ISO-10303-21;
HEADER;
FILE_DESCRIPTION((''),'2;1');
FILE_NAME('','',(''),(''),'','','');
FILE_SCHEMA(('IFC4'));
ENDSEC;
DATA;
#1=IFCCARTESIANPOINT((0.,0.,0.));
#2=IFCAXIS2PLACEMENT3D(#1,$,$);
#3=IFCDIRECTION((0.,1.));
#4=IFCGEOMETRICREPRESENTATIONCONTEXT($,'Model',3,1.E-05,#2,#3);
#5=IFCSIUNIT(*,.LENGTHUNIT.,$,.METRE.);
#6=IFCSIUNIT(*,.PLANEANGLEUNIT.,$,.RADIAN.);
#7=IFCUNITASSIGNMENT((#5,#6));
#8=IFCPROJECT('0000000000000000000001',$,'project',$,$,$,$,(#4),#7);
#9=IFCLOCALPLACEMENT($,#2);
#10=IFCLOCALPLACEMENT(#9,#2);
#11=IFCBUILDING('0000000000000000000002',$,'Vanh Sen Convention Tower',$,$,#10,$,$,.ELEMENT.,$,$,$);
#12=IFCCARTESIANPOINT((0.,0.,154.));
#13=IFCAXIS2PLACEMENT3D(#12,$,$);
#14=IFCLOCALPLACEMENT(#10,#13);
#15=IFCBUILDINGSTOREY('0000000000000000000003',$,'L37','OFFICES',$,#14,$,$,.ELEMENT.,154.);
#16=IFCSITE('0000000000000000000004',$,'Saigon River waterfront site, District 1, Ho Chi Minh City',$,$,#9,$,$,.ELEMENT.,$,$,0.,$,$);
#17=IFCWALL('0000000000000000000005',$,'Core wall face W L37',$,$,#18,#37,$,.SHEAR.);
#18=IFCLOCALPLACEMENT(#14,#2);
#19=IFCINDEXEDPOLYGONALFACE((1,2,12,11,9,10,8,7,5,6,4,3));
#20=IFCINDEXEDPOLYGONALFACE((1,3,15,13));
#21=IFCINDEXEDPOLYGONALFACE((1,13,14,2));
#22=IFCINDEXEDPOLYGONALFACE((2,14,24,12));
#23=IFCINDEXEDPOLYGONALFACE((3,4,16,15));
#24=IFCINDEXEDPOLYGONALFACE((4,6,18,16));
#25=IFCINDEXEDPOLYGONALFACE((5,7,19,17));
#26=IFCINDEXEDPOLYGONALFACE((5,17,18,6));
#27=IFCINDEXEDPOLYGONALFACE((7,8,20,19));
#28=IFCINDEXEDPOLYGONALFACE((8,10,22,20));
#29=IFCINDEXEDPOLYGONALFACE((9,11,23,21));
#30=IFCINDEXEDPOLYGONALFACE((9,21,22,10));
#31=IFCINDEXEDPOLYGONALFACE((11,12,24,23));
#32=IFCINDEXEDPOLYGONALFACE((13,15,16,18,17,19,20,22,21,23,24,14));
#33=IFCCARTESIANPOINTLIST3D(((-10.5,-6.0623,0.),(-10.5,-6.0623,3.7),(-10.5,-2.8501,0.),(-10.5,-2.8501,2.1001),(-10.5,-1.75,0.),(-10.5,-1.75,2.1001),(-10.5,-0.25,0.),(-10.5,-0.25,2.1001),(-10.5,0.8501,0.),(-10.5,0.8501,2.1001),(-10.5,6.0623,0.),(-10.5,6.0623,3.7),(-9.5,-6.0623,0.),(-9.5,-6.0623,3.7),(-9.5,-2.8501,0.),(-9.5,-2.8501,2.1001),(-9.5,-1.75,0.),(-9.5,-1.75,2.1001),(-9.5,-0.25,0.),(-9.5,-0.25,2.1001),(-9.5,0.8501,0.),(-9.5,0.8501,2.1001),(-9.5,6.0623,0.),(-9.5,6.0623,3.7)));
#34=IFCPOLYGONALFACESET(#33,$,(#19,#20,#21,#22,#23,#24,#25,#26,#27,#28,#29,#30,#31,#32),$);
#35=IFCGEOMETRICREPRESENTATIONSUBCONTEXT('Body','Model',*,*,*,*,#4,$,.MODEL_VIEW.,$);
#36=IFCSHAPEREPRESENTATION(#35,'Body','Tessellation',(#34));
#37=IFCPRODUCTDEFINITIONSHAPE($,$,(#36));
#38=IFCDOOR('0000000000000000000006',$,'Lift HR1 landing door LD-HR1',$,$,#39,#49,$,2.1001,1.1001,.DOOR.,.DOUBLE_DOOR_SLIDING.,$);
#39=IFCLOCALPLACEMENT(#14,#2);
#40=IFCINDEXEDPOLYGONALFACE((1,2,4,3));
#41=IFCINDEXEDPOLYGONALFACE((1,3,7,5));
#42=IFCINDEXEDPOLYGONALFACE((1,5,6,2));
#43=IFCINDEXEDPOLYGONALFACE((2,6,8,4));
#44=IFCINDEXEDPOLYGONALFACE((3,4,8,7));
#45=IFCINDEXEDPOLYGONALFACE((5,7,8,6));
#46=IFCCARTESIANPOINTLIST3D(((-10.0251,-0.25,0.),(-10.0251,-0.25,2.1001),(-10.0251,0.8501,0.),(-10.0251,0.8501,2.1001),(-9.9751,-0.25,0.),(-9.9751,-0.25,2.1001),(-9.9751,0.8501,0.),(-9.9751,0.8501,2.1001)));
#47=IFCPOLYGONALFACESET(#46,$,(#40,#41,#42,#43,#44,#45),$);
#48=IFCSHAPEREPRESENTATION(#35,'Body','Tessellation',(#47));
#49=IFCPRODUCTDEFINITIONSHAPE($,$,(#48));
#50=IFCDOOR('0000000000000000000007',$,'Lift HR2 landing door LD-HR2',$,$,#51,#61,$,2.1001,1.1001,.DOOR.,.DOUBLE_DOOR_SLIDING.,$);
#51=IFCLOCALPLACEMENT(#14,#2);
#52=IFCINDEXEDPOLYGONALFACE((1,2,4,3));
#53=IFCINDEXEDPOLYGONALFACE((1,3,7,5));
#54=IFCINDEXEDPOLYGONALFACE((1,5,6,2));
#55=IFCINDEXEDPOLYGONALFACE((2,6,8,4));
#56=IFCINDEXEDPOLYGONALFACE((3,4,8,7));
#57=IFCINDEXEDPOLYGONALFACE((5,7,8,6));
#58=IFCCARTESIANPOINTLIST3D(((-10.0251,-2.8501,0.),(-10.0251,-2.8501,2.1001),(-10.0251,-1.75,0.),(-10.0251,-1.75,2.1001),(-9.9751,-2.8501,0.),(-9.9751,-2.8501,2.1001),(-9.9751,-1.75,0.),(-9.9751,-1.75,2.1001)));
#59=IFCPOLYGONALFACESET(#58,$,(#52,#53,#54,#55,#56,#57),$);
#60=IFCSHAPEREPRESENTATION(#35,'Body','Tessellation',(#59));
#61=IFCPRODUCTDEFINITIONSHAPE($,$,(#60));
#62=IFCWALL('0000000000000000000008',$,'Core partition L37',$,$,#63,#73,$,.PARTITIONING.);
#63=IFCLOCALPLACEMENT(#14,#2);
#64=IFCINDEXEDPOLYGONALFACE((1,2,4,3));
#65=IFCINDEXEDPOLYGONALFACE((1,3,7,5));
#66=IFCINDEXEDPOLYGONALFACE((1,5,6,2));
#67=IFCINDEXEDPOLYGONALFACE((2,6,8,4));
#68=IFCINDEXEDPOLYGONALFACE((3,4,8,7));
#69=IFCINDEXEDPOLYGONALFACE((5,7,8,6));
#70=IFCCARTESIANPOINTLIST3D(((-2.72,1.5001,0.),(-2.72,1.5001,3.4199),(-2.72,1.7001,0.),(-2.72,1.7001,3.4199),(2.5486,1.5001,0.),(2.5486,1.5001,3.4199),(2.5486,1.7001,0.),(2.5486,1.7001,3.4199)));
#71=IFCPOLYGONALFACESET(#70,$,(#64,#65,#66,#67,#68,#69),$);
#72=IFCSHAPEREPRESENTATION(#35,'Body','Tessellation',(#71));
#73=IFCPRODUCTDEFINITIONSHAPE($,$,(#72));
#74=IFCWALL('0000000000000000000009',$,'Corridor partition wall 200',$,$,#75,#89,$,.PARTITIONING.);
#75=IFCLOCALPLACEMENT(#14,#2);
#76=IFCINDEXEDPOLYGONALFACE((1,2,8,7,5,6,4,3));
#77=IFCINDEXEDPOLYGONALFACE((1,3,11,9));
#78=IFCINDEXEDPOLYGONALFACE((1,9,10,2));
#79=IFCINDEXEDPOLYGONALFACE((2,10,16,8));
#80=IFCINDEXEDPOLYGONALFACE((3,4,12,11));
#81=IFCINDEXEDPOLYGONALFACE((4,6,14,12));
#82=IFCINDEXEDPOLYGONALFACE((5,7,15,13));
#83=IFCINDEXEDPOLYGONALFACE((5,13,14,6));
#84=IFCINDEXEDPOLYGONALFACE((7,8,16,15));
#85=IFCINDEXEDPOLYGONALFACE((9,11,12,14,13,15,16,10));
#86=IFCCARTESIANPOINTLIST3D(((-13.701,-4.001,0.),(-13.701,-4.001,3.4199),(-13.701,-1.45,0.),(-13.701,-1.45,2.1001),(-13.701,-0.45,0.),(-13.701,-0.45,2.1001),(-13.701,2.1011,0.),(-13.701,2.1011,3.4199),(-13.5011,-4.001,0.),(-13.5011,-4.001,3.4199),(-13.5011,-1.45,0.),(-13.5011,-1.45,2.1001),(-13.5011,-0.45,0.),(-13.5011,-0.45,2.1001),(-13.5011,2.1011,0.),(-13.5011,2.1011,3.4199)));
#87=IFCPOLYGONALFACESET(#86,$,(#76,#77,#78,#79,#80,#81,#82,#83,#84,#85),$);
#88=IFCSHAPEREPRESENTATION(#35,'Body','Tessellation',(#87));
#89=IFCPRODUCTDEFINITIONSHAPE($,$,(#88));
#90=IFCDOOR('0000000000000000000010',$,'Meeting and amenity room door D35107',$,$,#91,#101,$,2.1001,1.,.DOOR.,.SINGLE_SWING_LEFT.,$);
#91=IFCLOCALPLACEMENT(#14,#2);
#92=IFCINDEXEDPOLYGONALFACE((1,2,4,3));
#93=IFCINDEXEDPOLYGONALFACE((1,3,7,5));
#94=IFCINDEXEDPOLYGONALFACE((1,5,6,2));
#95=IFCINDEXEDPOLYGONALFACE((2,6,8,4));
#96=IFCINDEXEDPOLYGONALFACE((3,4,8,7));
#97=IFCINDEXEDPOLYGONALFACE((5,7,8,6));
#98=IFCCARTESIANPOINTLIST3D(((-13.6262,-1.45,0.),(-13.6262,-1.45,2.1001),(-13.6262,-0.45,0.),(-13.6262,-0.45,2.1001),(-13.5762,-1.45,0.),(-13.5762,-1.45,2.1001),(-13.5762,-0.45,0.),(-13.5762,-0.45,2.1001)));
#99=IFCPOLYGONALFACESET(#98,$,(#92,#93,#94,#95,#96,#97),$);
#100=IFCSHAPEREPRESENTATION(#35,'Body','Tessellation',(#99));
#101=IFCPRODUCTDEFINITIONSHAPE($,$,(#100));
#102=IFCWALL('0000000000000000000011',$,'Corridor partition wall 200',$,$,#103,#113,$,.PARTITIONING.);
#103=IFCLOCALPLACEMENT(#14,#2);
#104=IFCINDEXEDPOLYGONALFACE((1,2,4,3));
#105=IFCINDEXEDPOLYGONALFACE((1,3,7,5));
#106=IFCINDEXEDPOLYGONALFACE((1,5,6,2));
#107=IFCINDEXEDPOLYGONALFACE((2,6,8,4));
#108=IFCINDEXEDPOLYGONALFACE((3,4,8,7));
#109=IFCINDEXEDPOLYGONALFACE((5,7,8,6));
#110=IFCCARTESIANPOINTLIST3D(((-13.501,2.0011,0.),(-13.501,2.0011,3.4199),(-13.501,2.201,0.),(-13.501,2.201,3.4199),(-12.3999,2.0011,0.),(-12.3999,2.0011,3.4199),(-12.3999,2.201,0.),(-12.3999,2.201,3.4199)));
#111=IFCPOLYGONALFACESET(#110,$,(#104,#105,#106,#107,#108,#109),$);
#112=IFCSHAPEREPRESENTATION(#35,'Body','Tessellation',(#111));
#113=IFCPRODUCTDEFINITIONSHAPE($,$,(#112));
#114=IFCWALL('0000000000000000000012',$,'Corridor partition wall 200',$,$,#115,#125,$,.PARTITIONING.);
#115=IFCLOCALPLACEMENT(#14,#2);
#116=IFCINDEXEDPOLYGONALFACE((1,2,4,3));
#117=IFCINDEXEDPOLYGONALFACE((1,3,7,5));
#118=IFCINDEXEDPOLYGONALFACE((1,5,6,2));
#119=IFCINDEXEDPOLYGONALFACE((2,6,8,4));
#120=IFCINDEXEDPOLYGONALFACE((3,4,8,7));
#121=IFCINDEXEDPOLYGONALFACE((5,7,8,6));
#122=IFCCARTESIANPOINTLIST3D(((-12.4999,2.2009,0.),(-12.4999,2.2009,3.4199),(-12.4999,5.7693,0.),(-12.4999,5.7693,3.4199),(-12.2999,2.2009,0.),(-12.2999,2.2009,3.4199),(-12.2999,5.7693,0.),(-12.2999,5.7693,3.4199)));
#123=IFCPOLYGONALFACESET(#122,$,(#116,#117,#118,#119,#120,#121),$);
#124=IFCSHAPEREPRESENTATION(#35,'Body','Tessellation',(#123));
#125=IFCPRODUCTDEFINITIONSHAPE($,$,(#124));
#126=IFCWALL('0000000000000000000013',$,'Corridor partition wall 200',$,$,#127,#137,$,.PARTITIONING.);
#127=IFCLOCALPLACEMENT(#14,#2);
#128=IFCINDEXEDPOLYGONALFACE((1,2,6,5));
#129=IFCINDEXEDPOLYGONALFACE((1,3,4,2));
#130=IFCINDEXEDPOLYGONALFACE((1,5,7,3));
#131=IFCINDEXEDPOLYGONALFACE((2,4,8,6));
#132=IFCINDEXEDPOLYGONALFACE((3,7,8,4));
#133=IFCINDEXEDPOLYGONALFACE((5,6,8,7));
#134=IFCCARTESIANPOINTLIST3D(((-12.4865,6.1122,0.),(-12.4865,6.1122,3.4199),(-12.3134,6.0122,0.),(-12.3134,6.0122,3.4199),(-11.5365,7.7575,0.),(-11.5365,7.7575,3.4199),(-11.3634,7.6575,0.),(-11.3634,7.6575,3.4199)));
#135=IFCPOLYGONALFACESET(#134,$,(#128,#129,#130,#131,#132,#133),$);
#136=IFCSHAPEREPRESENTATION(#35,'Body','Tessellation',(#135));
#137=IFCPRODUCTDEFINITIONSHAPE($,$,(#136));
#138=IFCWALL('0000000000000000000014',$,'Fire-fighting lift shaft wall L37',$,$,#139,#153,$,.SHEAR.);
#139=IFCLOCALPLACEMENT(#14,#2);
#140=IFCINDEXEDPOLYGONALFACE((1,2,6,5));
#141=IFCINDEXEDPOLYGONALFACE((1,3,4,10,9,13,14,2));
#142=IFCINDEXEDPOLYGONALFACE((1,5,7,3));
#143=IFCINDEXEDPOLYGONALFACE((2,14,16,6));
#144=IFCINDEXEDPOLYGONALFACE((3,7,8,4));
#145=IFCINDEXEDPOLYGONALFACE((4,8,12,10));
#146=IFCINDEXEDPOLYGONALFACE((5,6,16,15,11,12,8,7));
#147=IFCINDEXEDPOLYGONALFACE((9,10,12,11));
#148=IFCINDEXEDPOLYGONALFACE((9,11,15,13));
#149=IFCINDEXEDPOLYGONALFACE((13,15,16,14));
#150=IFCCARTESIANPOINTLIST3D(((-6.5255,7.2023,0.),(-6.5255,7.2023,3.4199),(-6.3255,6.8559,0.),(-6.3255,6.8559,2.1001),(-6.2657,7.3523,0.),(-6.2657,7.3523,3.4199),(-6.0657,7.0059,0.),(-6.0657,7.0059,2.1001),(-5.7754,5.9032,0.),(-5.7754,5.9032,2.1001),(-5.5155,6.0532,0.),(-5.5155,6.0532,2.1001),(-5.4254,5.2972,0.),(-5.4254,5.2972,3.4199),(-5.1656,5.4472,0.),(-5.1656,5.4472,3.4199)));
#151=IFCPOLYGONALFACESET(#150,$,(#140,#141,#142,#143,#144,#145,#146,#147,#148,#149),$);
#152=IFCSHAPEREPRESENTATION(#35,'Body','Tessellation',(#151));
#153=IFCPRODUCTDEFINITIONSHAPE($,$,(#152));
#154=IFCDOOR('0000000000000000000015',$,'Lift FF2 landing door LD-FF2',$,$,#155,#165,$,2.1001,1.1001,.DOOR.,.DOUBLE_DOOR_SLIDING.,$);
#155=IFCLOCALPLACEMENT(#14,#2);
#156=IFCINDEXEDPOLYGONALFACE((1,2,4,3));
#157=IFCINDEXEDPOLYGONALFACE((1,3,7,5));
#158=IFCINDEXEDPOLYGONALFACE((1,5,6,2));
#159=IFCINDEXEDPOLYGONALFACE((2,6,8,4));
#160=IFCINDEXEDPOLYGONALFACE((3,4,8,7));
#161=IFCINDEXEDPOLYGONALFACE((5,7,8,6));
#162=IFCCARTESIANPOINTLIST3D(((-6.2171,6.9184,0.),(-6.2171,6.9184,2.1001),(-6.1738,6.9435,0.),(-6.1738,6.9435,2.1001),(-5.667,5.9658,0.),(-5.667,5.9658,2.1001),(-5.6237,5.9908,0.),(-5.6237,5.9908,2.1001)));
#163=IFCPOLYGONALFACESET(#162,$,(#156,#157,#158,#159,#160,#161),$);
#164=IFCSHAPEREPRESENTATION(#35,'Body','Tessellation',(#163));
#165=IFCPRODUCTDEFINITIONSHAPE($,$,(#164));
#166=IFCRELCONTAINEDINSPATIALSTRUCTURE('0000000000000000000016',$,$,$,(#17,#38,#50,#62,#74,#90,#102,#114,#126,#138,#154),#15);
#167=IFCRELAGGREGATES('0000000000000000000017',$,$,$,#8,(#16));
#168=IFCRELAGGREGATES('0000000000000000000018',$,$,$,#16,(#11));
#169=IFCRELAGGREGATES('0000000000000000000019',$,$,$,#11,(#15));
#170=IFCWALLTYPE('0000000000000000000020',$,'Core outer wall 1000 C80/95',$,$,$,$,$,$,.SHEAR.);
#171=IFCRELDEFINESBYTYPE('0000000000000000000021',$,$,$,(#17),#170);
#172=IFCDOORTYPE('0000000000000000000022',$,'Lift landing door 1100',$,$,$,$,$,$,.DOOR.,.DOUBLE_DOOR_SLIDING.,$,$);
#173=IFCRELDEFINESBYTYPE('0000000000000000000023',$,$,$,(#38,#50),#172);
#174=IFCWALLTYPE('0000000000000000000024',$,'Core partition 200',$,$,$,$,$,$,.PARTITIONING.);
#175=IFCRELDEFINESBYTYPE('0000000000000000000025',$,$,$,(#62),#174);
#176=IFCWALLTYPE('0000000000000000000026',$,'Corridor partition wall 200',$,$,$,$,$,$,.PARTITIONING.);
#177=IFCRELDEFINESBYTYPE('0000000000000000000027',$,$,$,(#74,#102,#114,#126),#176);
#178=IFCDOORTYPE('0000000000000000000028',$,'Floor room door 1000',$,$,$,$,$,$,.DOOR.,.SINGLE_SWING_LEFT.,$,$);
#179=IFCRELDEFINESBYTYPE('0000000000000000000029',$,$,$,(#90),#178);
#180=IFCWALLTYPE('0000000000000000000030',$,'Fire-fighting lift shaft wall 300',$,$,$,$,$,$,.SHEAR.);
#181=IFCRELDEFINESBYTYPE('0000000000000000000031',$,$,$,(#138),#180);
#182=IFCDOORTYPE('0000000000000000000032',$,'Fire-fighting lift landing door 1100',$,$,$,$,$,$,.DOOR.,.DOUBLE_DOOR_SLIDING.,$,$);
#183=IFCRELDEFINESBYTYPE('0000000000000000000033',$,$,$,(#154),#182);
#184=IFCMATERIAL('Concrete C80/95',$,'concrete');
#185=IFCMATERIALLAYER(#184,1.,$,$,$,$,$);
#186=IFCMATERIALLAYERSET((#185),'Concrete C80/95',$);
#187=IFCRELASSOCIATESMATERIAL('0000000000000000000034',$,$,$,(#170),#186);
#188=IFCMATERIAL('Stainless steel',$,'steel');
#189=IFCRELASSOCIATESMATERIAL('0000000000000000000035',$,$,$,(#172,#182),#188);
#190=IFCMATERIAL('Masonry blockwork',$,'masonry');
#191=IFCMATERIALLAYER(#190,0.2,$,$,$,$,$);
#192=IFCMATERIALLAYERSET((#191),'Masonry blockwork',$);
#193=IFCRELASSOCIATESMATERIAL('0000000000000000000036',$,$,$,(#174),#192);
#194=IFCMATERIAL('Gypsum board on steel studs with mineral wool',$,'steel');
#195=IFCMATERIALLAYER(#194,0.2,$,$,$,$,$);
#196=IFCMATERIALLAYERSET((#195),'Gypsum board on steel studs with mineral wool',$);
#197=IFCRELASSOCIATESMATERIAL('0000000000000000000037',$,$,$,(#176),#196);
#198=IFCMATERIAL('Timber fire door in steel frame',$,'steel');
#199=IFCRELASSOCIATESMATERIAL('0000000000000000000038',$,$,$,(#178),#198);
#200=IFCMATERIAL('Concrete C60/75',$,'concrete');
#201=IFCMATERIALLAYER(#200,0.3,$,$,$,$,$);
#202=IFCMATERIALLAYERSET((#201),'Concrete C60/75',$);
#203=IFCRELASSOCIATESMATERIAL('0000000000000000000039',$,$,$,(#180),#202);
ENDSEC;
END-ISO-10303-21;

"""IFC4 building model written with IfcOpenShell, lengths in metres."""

from ifc_helpers import new_model, si_unit, direction, frame, frame_2d, origin, place, context, subcontext, project, spatial, rectangle, extrude, material, layer, layer_set, type_object, element, fill, save


model = new_model("IFC4")

# Units and contexts
model_context = context("Model", 3, precision=1e-05, world=origin(), true_north=direction((0.0, 1.0)))
body_context = subcontext(model_context, "Body", "Model", "MODEL_VIEW")
ifc_project = project(units=[si_unit("LENGTHUNIT", "METRE"), si_unit("PLANEANGLEUNIT", "RADIAN")], contexts=[model_context])

# Site, building, storey
site_placement = place(None, origin())
site = spatial("IfcSite", under=ifc_project, at=site_placement, Name="Saigon River waterfront site, District 1, Ho Chi Minh City", CompositionType="ELEMENT", RefElevation=0.0)
building_placement = place(site_placement, origin())
building = spatial("IfcBuilding", under=site, at=building_placement, Name="Vanh Sen Convention Tower", CompositionType="ELEMENT")
storey_placement = place(building_placement, frame((0.0, 0.0, 154.0)))
storey = spatial("IfcBuildingStorey", under=building, at=storey_placement, Name="L37", Description="OFFICES", CompositionType="ELEMENT", Elevation=154.0)

# Wall, openings, doors
ifc_material_1 = material(Name="Concrete C80/95", Category="concrete")
ifc_layer_1 = layer(ifc_material_1, 1.0)
ifc_layer_set_1 = layer_set([ifc_layer_1], Name="Concrete C80/95")
wall_type_1 = type_object("IfcWallType", Name="Core outer wall 1000 C80/95", PredefinedType="SHEAR", material=ifc_layer_set_1)
wall_1_placement = place(storey_placement, frame((-10.0, 6.0623, 0.0), z_axis=(0.0, 0.0, 1.0), x_axis=(0.0, -1.0, 0.0)))
wall_1 = element("IfcWall", 1, at=wall_1_placement, inside=storey, type_object=wall_type_1, Name="Core wall face W L37", PredefinedType="SHEAR", context=body_context, shape_type="SweptSolid", body=[
    extrude(rectangle(XDim=12.1245, YDim=1.0, at=frame_2d((6.0623, 0.0))), origin(), (0.0, 0.0, 1.0), 3.7),
])
opening_1_placement = place(wall_1_placement, frame((5.2122, 0.0, 0.0)))
opening_1 = element("IfcOpeningElement", 2, at=opening_1_placement, cuts=wall_1, PredefinedType="OPENING", context=body_context, shape_type="SweptSolid", body=[
    extrude(rectangle(XDim=1.1001, YDim=2.1001, at=frame_2d((0.55, 1.05))), frame((0.0, 0.51, 0.0), z_axis=(0.0, -1.0, 0.0), x_axis=(1.0, 0.0, 0.0)), (0.0, 0.0, 1.0), 1.02),
])
opening_2_placement = place(wall_1_placement, frame((7.8123, 0.0, 0.0)))
opening_2 = element("IfcOpeningElement", 3, at=opening_2_placement, cuts=wall_1, PredefinedType="OPENING", context=body_context, shape_type="SweptSolid", body=[
    extrude(rectangle(XDim=1.1001, YDim=2.1001, at=frame_2d((0.55, 1.05))), frame((0.0, 0.51, 0.0), z_axis=(0.0, -1.0, 0.0), x_axis=(1.0, 0.0, 0.0)), (0.0, 0.0, 1.0), 1.02),
])
ifc_material_2 = material(Name="Stainless steel", Category="steel")
door_type_1 = type_object("IfcDoorType", Name="Lift landing door 1100", OperationType="DOUBLE_DOOR_SLIDING", PredefinedType="DOOR", material=ifc_material_2)
door_1_placement = place(opening_1_placement, origin())
door_1 = element("IfcDoor", 4, at=door_1_placement, inside=storey, type_object=door_type_1, Name="Lift HR1 landing door LD-HR1", OperationType="DOUBLE_DOOR_SLIDING", OverallHeight=2.1001, OverallWidth=1.1001, PredefinedType="DOOR", context=body_context, shape_type="SweptSolid", body=[
    extrude(rectangle(XDim=1.1001, YDim=2.1001, at=frame_2d((0.55, 1.05))), frame((0.0, 0.0249, 0.0), z_axis=(0.0, -1.0, 0.0), x_axis=(1.0, 0.0, 0.0)), (0.0, 0.0, 1.0), 0.05),
])
fill(opening_1, door_1)
door_2_placement = place(opening_2_placement, origin())
door_2 = element("IfcDoor", 5, at=door_2_placement, inside=storey, type_object=door_type_1, Name="Lift HR2 landing door LD-HR2", OperationType="DOUBLE_DOOR_SLIDING", OverallHeight=2.1001, OverallWidth=1.1001, PredefinedType="DOOR", context=body_context, shape_type="SweptSolid", body=[
    extrude(rectangle(XDim=1.1001, YDim=2.1001, at=frame_2d((0.55, 1.05))), frame((0.0, 0.0249, 0.0), z_axis=(0.0, -1.0, 0.0), x_axis=(1.0, 0.0, 0.0)), (0.0, 0.0, 1.0), 0.05),
])
fill(opening_2, door_2)

# Wall
ifc_material_3 = material(Name="Masonry blockwork", Category="masonry")
ifc_layer_2 = layer(ifc_material_3, 0.2)
ifc_layer_set_2 = layer_set([ifc_layer_2], Name="Masonry blockwork")
wall_type_2 = type_object("IfcWallType", Name="Core partition 200", PredefinedType="PARTITIONING", material=ifc_layer_set_2)
wall_2_placement = place(storey_placement, frame((-2.72, 1.6001, 0.0), z_axis=(0.0, 0.0, 1.0), x_axis=(1.0, 0.0, 0.0)))
element("IfcWall", 6, at=wall_2_placement, inside=storey, type_object=wall_type_2, Name="Core partition L37", PredefinedType="PARTITIONING", context=body_context, shape_type="SweptSolid", body=[
    extrude(rectangle(XDim=5.2686, YDim=0.2, at=frame_2d((2.6343, 0.0))), origin(), (0.0, 0.0, 1.0), 3.4199),
])

# Wall, opening, door
ifc_material_4 = material(Name="Gypsum board on steel studs with mineral wool", Category="steel")
ifc_layer_3 = layer(ifc_material_4, 0.2)
ifc_layer_set_3 = layer_set([ifc_layer_3], Name="Gypsum board on steel studs with mineral wool")
wall_type_3 = type_object("IfcWallType", Name="Corridor partition wall 200", PredefinedType="PARTITIONING", material=ifc_layer_set_3)
wall_3_placement = place(storey_placement, frame((-13.6011, 2.1011, 0.0), z_axis=(0.0, 0.0, 1.0), x_axis=(0.0, -1.0, 0.0)))
wall_3 = element("IfcWall", 7, at=wall_3_placement, inside=storey, type_object=wall_type_3, Name="Corridor partition wall 200", PredefinedType="PARTITIONING", context=body_context, shape_type="SweptSolid", body=[
    extrude(rectangle(XDim=6.1021, YDim=0.2, at=frame_2d((3.051, 0.0))), origin(), (0.0, 0.0, 1.0), 3.4199),
])
opening_3_placement = place(wall_3_placement, frame((2.551, 0.0, 0.0)))
opening_3 = element("IfcOpeningElement", 8, at=opening_3_placement, cuts=wall_3, PredefinedType="OPENING", context=body_context, shape_type="SweptSolid", body=[
    extrude(rectangle(XDim=1.0, YDim=2.1001, at=frame_2d((0.5, 1.05))), frame((0.0, 0.1099, 0.0), z_axis=(0.0, -1.0, 0.0), x_axis=(1.0, 0.0, 0.0)), (0.0, 0.0, 1.0), 0.22),
])
ifc_material_5 = material(Name="Timber fire door in steel frame", Category="steel")
door_type_2 = type_object("IfcDoorType", Name="Floor room door 1000", OperationType="SINGLE_SWING_LEFT", PredefinedType="DOOR", material=ifc_material_5)
door_3_placement = place(opening_3_placement, origin())
door_3 = element("IfcDoor", 9, at=door_3_placement, inside=storey, type_object=door_type_2, Name="Meeting and amenity room door D35107", OperationType="SINGLE_SWING_LEFT", OverallHeight=2.1001, OverallWidth=1.0, PredefinedType="DOOR", context=body_context, shape_type="SweptSolid", body=[
    extrude(rectangle(XDim=1.0, YDim=2.1001, at=frame_2d((0.5, 1.05))), frame((0.0, 0.0249, 0.0), z_axis=(0.0, -1.0, 0.0), x_axis=(1.0, 0.0, 0.0)), (0.0, 0.0, 1.0), 0.05),
])
fill(opening_3, door_3)

# Walls
wall_4_placement = place(storey_placement, frame((-12.3999, 2.1011, 0.0), z_axis=(0.0, 0.0, 1.0), x_axis=(-1.0, 0.0, 0.0)))
element("IfcWall", 10, at=wall_4_placement, inside=storey, type_object=wall_type_3, Name="Corridor partition wall 200", PredefinedType="PARTITIONING", context=body_context, shape_type="SweptSolid", body=[
    extrude(rectangle(XDim=1.1011, YDim=0.2, at=frame_2d((0.5505, 0.0))), origin(), (0.0, 0.0, 1.0), 3.4199),
])
wall_5_placement = place(storey_placement, frame((-12.3999, 5.7693, 0.0), z_axis=(0.0, 0.0, 1.0), x_axis=(0.0, -1.0, 0.0)))
element("IfcWall", 11, at=wall_5_placement, inside=storey, type_object=wall_type_3, Name="Corridor partition wall 200", PredefinedType="PARTITIONING", context=body_context, shape_type="SweptSolid", body=[
    extrude(rectangle(XDim=3.5684, YDim=0.2, at=frame_2d((1.7842, 0.0))), origin(), (0.0, 0.0, 1.0), 3.4199),
])
wall_6_placement = place(storey_placement, frame((-11.45, 7.7075, 0.0), z_axis=(0.0, 0.0, 1.0), x_axis=(-0.500023, -0.866012, 0.0)))
element("IfcWall", 12, at=wall_6_placement, inside=storey, type_object=wall_type_3, Name="Corridor partition wall 200", PredefinedType="PARTITIONING", context=body_context, shape_type="SweptSolid", body=[
    extrude(rectangle(XDim=1.8999, YDim=0.2, at=frame_2d((0.95, 0.0))), origin(), (0.0, 0.0, 1.0), 3.4199),
])

# Wall, opening, door
ifc_material_6 = material(Name="Concrete C60/75", Category="concrete")
ifc_layer_4 = layer(ifc_material_6, 0.3)
ifc_layer_set_4 = layer_set([ifc_layer_4], Name="Concrete C60/75")
wall_type_4 = type_object("IfcWallType", Name="Fire-fighting lift shaft wall 300", PredefinedType="SHEAR", material=ifc_layer_set_4)
wall_7_placement = place(storey_placement, frame((-5.2954, 5.3721, 0.0), z_axis=(0.0, 0.0, 1.0), x_axis=(-0.500078, 0.86598, 0.0)))
wall_7 = element("IfcWall", 13, at=wall_7_placement, inside=storey, type_object=wall_type_4, Name="Fire-fighting lift shaft wall L37", PredefinedType="SHEAR", context=body_context, shape_type="SweptSolid", body=[
    extrude(rectangle(XDim=2.2, YDim=0.3, at=frame_2d((1.1001, 0.0))), origin(), (0.0, 0.0, 1.0), 3.4199),
])
opening_4_placement = place(wall_7_placement, frame((0.7, 0.0, 0.0)))
opening_4 = element("IfcOpeningElement", 14, at=opening_4_placement, cuts=wall_7, PredefinedType="OPENING", context=body_context, shape_type="SweptSolid", body=[
    extrude(rectangle(XDim=1.1001, YDim=2.1001, at=frame_2d((0.55, 1.05))), frame((0.0, 0.1599, 0.0), z_axis=(0.0, -1.0, 0.0), x_axis=(1.0, 0.0, 0.0)), (0.0, 0.0, 1.0), 0.3201),
])
door_type_3 = type_object("IfcDoorType", Name="Fire-fighting lift landing door 1100", OperationType="DOUBLE_DOOR_SLIDING", PredefinedType="DOOR", material=ifc_material_2)
door_4_placement = place(opening_4_placement, origin())
door_4 = element("IfcDoor", 15, at=door_4_placement, inside=storey, type_object=door_type_3, Name="Lift FF2 landing door LD-FF2", OperationType="DOUBLE_DOOR_SLIDING", OverallHeight=2.1001, OverallWidth=1.1001, PredefinedType="DOOR", context=body_context, shape_type="SweptSolid", body=[
    extrude(rectangle(XDim=1.1001, YDim=2.1001, at=frame_2d((0.55, 1.05))), frame((0.0, 0.0249, 0.0), z_axis=(0.0, -1.0, 0.0), x_axis=(1.0, 0.0, 0.0)), (0.0, 0.0, 1.0), 0.05),
])
fill(opening_4, door_4)

save(model, "model.ifc")
